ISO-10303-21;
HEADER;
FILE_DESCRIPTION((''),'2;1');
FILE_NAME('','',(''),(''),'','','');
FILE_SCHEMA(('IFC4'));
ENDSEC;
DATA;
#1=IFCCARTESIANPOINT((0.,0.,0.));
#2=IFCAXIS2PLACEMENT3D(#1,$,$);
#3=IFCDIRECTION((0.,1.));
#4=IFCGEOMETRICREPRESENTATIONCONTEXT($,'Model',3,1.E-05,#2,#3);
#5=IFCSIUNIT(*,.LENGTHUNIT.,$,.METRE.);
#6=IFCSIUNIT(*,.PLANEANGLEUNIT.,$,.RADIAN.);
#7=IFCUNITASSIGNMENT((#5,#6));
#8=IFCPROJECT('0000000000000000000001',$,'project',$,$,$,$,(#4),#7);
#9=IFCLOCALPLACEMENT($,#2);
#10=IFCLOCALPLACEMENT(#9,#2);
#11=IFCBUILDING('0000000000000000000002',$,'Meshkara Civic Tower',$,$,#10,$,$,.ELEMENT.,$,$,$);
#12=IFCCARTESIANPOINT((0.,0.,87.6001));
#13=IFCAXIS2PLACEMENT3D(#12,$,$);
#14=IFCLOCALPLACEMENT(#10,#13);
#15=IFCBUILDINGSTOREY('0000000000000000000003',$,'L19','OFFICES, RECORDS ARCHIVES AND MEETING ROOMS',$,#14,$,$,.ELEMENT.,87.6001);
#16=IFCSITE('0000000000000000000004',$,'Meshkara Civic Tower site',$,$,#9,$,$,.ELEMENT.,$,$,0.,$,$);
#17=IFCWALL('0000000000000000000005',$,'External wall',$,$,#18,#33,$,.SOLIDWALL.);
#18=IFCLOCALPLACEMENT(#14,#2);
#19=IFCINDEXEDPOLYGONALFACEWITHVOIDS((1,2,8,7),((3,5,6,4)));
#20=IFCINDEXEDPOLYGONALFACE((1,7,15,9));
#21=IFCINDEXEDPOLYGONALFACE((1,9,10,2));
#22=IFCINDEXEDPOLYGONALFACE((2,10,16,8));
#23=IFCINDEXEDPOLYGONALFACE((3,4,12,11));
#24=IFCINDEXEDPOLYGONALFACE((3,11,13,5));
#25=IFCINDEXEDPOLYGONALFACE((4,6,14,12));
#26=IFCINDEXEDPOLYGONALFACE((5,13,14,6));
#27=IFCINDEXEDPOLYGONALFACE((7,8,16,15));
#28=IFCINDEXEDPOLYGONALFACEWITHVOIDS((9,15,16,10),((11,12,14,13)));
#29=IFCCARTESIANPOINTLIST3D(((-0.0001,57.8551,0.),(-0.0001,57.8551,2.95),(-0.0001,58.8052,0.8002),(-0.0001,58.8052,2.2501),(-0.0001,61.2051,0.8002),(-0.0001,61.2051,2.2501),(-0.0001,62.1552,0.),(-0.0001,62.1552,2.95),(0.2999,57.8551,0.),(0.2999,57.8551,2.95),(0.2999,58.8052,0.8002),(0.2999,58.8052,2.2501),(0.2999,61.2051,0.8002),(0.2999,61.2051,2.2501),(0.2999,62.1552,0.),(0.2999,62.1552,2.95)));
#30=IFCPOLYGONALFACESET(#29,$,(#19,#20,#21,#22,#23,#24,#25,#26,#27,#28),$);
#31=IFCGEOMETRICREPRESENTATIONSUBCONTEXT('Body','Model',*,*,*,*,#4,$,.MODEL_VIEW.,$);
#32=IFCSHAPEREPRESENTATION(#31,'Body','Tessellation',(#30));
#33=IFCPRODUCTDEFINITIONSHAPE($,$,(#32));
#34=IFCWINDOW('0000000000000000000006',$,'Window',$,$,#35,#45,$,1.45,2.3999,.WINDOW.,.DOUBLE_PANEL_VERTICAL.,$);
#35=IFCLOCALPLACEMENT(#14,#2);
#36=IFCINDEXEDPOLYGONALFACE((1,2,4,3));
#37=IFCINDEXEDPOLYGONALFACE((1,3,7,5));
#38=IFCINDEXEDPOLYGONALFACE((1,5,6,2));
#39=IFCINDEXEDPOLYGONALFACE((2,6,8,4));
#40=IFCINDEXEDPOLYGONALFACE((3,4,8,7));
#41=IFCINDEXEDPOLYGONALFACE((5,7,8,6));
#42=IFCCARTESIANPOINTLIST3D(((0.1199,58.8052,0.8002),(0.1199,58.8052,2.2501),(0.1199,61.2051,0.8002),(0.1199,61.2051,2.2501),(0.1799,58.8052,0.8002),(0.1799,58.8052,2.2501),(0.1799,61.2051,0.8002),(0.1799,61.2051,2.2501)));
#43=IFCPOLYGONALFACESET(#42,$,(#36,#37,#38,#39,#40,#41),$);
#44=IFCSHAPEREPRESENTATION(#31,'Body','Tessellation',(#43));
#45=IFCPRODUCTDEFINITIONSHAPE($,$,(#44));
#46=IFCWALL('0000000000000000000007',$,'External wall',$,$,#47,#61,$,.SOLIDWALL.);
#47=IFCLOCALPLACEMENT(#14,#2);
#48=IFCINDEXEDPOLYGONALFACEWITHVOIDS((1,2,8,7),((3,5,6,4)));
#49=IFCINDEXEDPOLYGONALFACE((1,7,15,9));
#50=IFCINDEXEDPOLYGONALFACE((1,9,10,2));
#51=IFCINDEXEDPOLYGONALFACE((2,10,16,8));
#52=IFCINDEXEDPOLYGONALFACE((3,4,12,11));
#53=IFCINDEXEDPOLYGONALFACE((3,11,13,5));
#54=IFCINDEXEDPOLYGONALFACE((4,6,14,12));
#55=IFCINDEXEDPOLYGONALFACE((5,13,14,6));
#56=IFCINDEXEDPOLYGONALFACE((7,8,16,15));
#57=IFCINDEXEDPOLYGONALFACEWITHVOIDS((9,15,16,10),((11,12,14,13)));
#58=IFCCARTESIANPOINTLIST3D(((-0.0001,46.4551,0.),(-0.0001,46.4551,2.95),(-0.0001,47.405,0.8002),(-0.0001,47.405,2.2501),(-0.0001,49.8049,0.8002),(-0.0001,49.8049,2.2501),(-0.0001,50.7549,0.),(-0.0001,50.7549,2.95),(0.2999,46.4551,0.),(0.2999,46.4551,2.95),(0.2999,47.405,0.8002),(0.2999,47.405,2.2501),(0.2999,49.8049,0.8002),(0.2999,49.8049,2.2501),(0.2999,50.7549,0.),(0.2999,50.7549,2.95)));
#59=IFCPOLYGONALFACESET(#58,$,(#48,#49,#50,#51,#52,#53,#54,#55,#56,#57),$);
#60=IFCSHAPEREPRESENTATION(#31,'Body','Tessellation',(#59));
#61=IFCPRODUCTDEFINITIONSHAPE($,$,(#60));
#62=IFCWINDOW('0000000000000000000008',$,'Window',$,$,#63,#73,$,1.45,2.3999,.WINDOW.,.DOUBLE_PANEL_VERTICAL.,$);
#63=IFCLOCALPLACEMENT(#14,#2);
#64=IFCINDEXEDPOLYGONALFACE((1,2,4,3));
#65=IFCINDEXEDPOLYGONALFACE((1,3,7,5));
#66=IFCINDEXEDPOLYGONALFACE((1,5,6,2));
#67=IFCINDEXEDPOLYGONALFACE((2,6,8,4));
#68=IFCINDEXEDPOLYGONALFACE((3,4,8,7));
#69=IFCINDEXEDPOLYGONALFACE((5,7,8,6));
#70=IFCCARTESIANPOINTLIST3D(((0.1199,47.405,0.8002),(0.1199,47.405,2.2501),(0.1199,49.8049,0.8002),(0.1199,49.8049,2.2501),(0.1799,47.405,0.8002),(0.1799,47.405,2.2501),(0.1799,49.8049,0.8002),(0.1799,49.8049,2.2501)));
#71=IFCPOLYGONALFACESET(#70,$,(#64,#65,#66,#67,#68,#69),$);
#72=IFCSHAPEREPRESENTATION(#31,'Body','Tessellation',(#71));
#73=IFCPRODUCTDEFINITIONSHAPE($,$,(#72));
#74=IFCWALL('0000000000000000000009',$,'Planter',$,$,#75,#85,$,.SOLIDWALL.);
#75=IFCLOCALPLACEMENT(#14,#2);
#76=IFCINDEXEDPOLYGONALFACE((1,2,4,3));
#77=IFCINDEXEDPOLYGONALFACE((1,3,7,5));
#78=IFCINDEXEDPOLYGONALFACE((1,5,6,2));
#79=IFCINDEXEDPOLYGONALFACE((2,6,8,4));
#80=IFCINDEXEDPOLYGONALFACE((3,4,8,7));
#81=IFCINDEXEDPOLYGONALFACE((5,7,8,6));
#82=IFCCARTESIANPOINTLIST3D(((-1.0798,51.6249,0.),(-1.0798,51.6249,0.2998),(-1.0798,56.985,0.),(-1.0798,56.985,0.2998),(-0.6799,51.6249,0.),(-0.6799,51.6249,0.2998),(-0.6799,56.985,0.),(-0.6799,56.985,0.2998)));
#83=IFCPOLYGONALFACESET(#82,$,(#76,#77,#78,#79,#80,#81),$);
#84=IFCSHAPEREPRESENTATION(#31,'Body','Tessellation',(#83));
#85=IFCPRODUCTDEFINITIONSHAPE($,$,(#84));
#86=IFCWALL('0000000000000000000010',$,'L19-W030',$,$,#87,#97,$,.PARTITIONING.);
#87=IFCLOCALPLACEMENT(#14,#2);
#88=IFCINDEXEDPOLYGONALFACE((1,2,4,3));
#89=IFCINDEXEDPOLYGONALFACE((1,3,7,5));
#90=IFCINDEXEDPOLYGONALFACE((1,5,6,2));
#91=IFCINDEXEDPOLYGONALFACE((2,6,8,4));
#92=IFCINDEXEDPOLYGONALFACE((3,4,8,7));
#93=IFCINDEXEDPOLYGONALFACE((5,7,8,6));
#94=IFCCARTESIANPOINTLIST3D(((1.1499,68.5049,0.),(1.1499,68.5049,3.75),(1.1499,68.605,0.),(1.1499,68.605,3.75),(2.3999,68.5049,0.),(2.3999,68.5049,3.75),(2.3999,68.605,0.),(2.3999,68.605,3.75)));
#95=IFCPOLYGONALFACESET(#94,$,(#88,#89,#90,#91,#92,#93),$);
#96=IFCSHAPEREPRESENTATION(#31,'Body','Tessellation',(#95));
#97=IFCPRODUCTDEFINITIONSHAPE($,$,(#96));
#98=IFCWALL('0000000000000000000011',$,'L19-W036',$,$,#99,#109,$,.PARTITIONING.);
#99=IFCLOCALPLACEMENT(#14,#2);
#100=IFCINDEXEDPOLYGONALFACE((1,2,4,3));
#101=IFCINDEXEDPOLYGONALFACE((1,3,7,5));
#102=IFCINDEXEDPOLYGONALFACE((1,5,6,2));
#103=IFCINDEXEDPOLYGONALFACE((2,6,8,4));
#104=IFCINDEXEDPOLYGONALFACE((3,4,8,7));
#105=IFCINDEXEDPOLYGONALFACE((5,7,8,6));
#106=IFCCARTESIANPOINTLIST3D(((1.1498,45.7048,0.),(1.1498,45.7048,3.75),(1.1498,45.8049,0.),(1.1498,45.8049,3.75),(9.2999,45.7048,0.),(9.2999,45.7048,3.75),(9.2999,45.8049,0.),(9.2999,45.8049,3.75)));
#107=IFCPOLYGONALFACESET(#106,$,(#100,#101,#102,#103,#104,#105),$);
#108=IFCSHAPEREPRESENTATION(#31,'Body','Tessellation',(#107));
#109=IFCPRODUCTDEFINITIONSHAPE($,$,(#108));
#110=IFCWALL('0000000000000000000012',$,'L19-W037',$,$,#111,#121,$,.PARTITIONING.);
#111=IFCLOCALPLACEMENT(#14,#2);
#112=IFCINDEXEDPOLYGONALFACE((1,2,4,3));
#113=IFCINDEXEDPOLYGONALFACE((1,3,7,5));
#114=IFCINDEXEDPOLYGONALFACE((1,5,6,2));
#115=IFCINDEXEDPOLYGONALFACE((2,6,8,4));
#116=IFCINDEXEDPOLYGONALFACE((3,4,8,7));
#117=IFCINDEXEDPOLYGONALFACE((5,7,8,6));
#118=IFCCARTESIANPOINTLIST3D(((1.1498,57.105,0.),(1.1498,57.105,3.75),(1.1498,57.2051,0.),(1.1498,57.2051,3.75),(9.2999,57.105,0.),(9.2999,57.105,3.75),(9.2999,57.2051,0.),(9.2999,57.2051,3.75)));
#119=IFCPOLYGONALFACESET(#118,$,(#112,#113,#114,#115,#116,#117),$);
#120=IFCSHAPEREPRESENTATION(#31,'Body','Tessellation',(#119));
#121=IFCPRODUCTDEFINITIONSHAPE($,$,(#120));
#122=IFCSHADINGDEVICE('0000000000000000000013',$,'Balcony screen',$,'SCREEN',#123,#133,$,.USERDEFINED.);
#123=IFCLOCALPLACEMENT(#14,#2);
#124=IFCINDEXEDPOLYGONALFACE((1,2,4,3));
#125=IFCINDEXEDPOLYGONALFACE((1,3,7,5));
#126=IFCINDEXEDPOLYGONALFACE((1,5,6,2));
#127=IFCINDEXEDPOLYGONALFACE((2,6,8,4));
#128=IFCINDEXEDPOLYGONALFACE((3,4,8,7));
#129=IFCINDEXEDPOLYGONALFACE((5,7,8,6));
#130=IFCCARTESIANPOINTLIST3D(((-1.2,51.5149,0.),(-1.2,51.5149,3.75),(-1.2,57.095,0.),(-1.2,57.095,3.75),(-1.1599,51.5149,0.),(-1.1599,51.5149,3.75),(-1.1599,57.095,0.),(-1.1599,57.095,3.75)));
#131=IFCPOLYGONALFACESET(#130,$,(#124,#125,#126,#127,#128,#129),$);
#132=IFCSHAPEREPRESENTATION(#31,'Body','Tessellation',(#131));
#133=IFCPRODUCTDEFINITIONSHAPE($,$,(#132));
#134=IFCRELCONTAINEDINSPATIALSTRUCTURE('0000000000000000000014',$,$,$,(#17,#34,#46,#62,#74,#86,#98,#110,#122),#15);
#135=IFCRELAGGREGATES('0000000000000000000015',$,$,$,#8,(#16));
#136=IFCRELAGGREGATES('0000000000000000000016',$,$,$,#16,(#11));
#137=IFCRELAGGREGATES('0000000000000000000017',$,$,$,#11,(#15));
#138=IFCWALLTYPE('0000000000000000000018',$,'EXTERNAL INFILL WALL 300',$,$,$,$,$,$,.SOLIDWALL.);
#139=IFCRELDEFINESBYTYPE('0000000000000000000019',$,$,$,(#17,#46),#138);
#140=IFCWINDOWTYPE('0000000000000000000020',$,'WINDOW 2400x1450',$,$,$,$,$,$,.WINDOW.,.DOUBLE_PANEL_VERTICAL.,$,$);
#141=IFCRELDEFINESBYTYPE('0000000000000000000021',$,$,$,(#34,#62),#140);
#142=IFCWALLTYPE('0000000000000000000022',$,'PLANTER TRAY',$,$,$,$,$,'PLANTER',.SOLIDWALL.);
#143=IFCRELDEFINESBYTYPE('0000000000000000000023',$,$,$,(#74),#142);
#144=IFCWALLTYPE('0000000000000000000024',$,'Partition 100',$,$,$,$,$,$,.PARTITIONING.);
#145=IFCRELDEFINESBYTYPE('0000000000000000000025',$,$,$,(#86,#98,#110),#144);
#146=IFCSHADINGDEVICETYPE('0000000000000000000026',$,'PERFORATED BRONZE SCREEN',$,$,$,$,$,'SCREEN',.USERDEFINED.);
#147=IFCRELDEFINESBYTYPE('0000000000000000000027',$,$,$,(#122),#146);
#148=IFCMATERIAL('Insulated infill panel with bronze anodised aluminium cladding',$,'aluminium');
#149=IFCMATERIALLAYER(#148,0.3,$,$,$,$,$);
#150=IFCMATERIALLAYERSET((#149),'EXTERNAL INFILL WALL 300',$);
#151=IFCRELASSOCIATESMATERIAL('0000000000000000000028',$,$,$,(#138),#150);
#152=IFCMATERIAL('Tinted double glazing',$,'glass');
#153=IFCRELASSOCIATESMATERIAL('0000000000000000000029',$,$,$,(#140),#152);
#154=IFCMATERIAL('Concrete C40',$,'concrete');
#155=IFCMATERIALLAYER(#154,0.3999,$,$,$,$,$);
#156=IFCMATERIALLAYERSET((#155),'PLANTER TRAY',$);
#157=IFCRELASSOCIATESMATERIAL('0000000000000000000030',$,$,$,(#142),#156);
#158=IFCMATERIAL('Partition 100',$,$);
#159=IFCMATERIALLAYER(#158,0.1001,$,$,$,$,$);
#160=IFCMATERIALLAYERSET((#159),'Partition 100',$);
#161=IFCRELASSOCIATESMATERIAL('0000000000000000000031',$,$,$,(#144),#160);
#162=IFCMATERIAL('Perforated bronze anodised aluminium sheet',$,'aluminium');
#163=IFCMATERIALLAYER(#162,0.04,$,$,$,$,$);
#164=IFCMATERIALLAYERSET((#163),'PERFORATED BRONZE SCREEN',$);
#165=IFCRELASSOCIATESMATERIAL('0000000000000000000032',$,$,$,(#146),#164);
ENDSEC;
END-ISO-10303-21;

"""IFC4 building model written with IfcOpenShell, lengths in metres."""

from ifc_helpers import new_model, si_unit, direction, frame, frame_2d, origin, origin_2d, place, context, subcontext, project, spatial, rectangle, extrude, material, layer, layer_set, type_object, element, fill, save


model = new_model("IFC4")

# Units and contexts
model_context = context("Model", 3, precision=1e-05, world=origin(), true_north=direction((0.0, 1.0)))
body_context = subcontext(model_context, "Body", "Model", "MODEL_VIEW")
ifc_project = project(units=[si_unit("LENGTHUNIT", "METRE"), si_unit("PLANEANGLEUNIT", "RADIAN")], contexts=[model_context])

# Site, building, storey
site_placement = place(None, origin())
site = spatial("IfcSite", under=ifc_project, at=site_placement, Name="Meshkara Civic Tower site", CompositionType="ELEMENT", RefElevation=0.0)
building_placement = place(site_placement, origin())
building = spatial("IfcBuilding", under=site, at=building_placement, Name="Meshkara Civic Tower", CompositionType="ELEMENT")
storey_placement = place(building_placement, frame((0.0, 0.0, 87.6001)))
storey = spatial("IfcBuildingStorey", under=building, at=storey_placement, Name="L19", Description="OFFICES, RECORDS ARCHIVES AND MEETING ROOMS", CompositionType="ELEMENT", Elevation=87.6001)

# Walls, openings, windows
ifc_material_1 = material(Name="Insulated infill panel with bronze anodised aluminium cladding", Category="aluminium")
ifc_layer_1 = layer(ifc_material_1, 0.3)
ifc_layer_set_1 = layer_set([ifc_layer_1], Name="EXTERNAL INFILL WALL 300")
wall_type_1 = type_object("IfcWallType", Name="EXTERNAL INFILL WALL 300", PredefinedType="SOLIDWALL", material=ifc_layer_set_1)
ifc_material_2 = material(Name="Tinted double glazing", Category="glass")
window_type = type_object("IfcWindowType", Name="WINDOW 2400x1450", PartitioningType="DOUBLE_PANEL_VERTICAL", PredefinedType="WINDOW", material=ifc_material_2)
wall_1_placement = place(storey_placement, frame((0.1499, 62.155, 0.0), z_axis=(0.0, 0.0, 1.0), x_axis=(0.0, -1.0, 0.0)))
wall_1 = element("IfcWall", 1, at=wall_1_placement, inside=storey, type_object=wall_type_1, Name="External wall", PredefinedType="SOLIDWALL", context=body_context, shape_type="SweptSolid", body=[
    extrude(rectangle(XDim=4.3, YDim=0.3, at=frame_2d((2.1499, 0.0))), origin(), (0.0, 0.0, 1.0), 2.95),
])
opening_1_placement = place(wall_1_placement, frame((0.95, 0.0, 0.8)))
opening_1 = element("IfcOpeningElement", 2, at=opening_1_placement, cuts=wall_1, PredefinedType="OPENING", context=body_context, shape_type="SweptSolid", body=[
    extrude(rectangle(XDim=2.3999, YDim=1.45, at=frame_2d((1.2, 0.7251))), frame((0.0, 0.1599, 0.0), z_axis=(0.0, -1.0, 0.0), x_axis=(1.0, 0.0, 0.0)), (0.0, 0.0, 1.0), 0.3201),
])
window_1_placement = place(opening_1_placement, origin())
window_1 = element("IfcWindow", 3, at=window_1_placement, inside=storey, type_object=window_type, Name="Window", OverallHeight=1.45, OverallWidth=2.3999, PartitioningType="DOUBLE_PANEL_VERTICAL", PredefinedType="WINDOW", context=body_context, shape_type="SweptSolid", body=[
    extrude(rectangle(XDim=2.3999, YDim=1.45, at=frame_2d((1.2, 0.7251))), frame((0.0, 0.03, 0.0), z_axis=(0.0, -1.0, 0.0), x_axis=(1.0, 0.0, 0.0)), (0.0, 0.0, 1.0), 0.0601),
])
fill(opening_1, window_1)
wall_2_placement = place(storey_placement, frame((0.1499, 50.7549, 0.0), z_axis=(0.0, 0.0, 1.0), x_axis=(0.0, -1.0, 0.0)))
wall_2 = element("IfcWall", 4, at=wall_2_placement, inside=storey, type_object=wall_type_1, Name="External wall", PredefinedType="SOLIDWALL", context=body_context, shape_type="SweptSolid", body=[
    extrude(rectangle(XDim=4.2998, YDim=0.3, at=frame_2d((2.1499, 0.0))), origin(), (0.0, 0.0, 1.0), 2.95),
])
opening_2_placement = place(wall_2_placement, frame((0.95, 0.0, 0.8)))
opening_2 = element("IfcOpeningElement", 5, at=opening_2_placement, cuts=wall_2, PredefinedType="OPENING", context=body_context, shape_type="SweptSolid", body=[
    extrude(rectangle(XDim=2.3999, YDim=1.45, at=frame_2d((1.2, 0.7251))), frame((0.0, 0.1599, 0.0), z_axis=(0.0, -1.0, 0.0), x_axis=(1.0, 0.0, 0.0)), (0.0, 0.0, 1.0), 0.3201),
])
window_2_placement = place(opening_2_placement, origin())
window_2 = element("IfcWindow", 6, at=window_2_placement, inside=storey, type_object=window_type, Name="Window", OverallHeight=1.45, OverallWidth=2.3999, PartitioningType="DOUBLE_PANEL_VERTICAL", PredefinedType="WINDOW", context=body_context, shape_type="SweptSolid", body=[
    extrude(rectangle(XDim=2.3999, YDim=1.45, at=frame_2d((1.2, 0.7251))), frame((0.0, 0.03, 0.0), z_axis=(0.0, -1.0, 0.0), x_axis=(1.0, 0.0, 0.0)), (0.0, 0.0, 1.0), 0.0601),
])
fill(opening_2, window_2)

# Walls
ifc_material_3 = material(Name="Concrete C40", Category="concrete")
ifc_layer_2 = layer(ifc_material_3, 0.3999)
ifc_layer_set_2 = layer_set([ifc_layer_2], Name="PLANTER TRAY")
wall_type_2 = type_object("IfcWallType", Name="PLANTER TRAY", ElementType="PLANTER", PredefinedType="SOLIDWALL", material=ifc_layer_set_2)
wall_3_placement = place(storey_placement, frame((-0.8799, 56.9851, 0.0), z_axis=(0.0, 0.0, 1.0), x_axis=(0.0, -1.0, 0.0)))
element("IfcWall", 7, at=wall_3_placement, inside=storey, type_object=wall_type_2, Name="Planter", PredefinedType="SOLIDWALL", context=body_context, shape_type="SweptSolid", body=[
    extrude(rectangle(XDim=5.3601, YDim=0.3999, at=frame_2d((2.6802, 0.0))), origin(), (0.0, 0.0, 1.0), 0.2998),
])
ifc_material_4 = material(Name="Partition 100")
ifc_layer_3 = layer(ifc_material_4, 0.1001)
ifc_layer_set_3 = layer_set([ifc_layer_3], Name="Partition 100")
wall_type_3 = type_object("IfcWallType", Name="Partition 100", PredefinedType="PARTITIONING", material=ifc_layer_set_3)
wall_4_placement = place(storey_placement, frame((2.3999, 68.5549, 0.0), z_axis=(0.0, 0.0, 1.0), x_axis=(-1.0, 0.0, 0.0)))
element("IfcWall", 8, at=wall_4_placement, inside=storey, type_object=wall_type_3, Name="L19-W030", PredefinedType="PARTITIONING", context=body_context, shape_type="SweptSolid", body=[
    extrude(rectangle(XDim=1.25, YDim=0.1001, at=frame_2d((0.625, 0.0))), origin(), (0.0, 0.0, 1.0), 3.75),
])
for number, where, z_axis, x_axis, name in (
    (9, (9.3, 45.7549, 0.0), (0.0, 0.0, 1.0), (-1.0, 0.0, 0.0), "L19-W036"),
    (10, (9.3, 57.155, 0.0), (0.0, 0.0, 1.0), (-1.0, 0.0, 0.0), "L19-W037"),
):
    element("IfcWall", number, at=place(storey_placement, frame(where, z_axis=z_axis, x_axis=x_axis)), inside=storey, type_object=wall_type_3, Name=name, PredefinedType="PARTITIONING", context=body_context, shape_type="SweptSolid", body=[
        extrude(rectangle(XDim=8.1501, YDim=0.1001, at=frame_2d((4.0752, 0.0))), origin(), (0.0, 0.0, 1.0), 3.75),
    ])

# Shading device
ifc_material_5 = material(Name="Perforated bronze anodised aluminium sheet", Category="aluminium")
ifc_layer_4 = layer(ifc_material_5, 0.04)
ifc_layer_set_4 = layer_set([ifc_layer_4], Name="PERFORATED BRONZE SCREEN")
shading_device_type = type_object("IfcShadingDeviceType", Name="PERFORATED BRONZE SCREEN", ElementType="SCREEN", PredefinedType="USERDEFINED", material=ifc_layer_set_4)
shading_device_placement = place(storey_placement, frame((-1.1799, 54.3049, 0.0), z_axis=(0.0, 0.0, 1.0), x_axis=(0.0, -1.0, 0.0)))
element("IfcShadingDevice", 11, at=shading_device_placement, inside=storey, type_object=shading_device_type, Name="Balcony screen", ObjectType="SCREEN", PredefinedType="USERDEFINED", context=body_context, shape_type="SweptSolid", body=[
    extrude(rectangle(XDim=5.5801, YDim=0.04, at=origin_2d()), origin(), (0.0, 0.0, 1.0), 3.75),
])

save(model, "model.ifc")
